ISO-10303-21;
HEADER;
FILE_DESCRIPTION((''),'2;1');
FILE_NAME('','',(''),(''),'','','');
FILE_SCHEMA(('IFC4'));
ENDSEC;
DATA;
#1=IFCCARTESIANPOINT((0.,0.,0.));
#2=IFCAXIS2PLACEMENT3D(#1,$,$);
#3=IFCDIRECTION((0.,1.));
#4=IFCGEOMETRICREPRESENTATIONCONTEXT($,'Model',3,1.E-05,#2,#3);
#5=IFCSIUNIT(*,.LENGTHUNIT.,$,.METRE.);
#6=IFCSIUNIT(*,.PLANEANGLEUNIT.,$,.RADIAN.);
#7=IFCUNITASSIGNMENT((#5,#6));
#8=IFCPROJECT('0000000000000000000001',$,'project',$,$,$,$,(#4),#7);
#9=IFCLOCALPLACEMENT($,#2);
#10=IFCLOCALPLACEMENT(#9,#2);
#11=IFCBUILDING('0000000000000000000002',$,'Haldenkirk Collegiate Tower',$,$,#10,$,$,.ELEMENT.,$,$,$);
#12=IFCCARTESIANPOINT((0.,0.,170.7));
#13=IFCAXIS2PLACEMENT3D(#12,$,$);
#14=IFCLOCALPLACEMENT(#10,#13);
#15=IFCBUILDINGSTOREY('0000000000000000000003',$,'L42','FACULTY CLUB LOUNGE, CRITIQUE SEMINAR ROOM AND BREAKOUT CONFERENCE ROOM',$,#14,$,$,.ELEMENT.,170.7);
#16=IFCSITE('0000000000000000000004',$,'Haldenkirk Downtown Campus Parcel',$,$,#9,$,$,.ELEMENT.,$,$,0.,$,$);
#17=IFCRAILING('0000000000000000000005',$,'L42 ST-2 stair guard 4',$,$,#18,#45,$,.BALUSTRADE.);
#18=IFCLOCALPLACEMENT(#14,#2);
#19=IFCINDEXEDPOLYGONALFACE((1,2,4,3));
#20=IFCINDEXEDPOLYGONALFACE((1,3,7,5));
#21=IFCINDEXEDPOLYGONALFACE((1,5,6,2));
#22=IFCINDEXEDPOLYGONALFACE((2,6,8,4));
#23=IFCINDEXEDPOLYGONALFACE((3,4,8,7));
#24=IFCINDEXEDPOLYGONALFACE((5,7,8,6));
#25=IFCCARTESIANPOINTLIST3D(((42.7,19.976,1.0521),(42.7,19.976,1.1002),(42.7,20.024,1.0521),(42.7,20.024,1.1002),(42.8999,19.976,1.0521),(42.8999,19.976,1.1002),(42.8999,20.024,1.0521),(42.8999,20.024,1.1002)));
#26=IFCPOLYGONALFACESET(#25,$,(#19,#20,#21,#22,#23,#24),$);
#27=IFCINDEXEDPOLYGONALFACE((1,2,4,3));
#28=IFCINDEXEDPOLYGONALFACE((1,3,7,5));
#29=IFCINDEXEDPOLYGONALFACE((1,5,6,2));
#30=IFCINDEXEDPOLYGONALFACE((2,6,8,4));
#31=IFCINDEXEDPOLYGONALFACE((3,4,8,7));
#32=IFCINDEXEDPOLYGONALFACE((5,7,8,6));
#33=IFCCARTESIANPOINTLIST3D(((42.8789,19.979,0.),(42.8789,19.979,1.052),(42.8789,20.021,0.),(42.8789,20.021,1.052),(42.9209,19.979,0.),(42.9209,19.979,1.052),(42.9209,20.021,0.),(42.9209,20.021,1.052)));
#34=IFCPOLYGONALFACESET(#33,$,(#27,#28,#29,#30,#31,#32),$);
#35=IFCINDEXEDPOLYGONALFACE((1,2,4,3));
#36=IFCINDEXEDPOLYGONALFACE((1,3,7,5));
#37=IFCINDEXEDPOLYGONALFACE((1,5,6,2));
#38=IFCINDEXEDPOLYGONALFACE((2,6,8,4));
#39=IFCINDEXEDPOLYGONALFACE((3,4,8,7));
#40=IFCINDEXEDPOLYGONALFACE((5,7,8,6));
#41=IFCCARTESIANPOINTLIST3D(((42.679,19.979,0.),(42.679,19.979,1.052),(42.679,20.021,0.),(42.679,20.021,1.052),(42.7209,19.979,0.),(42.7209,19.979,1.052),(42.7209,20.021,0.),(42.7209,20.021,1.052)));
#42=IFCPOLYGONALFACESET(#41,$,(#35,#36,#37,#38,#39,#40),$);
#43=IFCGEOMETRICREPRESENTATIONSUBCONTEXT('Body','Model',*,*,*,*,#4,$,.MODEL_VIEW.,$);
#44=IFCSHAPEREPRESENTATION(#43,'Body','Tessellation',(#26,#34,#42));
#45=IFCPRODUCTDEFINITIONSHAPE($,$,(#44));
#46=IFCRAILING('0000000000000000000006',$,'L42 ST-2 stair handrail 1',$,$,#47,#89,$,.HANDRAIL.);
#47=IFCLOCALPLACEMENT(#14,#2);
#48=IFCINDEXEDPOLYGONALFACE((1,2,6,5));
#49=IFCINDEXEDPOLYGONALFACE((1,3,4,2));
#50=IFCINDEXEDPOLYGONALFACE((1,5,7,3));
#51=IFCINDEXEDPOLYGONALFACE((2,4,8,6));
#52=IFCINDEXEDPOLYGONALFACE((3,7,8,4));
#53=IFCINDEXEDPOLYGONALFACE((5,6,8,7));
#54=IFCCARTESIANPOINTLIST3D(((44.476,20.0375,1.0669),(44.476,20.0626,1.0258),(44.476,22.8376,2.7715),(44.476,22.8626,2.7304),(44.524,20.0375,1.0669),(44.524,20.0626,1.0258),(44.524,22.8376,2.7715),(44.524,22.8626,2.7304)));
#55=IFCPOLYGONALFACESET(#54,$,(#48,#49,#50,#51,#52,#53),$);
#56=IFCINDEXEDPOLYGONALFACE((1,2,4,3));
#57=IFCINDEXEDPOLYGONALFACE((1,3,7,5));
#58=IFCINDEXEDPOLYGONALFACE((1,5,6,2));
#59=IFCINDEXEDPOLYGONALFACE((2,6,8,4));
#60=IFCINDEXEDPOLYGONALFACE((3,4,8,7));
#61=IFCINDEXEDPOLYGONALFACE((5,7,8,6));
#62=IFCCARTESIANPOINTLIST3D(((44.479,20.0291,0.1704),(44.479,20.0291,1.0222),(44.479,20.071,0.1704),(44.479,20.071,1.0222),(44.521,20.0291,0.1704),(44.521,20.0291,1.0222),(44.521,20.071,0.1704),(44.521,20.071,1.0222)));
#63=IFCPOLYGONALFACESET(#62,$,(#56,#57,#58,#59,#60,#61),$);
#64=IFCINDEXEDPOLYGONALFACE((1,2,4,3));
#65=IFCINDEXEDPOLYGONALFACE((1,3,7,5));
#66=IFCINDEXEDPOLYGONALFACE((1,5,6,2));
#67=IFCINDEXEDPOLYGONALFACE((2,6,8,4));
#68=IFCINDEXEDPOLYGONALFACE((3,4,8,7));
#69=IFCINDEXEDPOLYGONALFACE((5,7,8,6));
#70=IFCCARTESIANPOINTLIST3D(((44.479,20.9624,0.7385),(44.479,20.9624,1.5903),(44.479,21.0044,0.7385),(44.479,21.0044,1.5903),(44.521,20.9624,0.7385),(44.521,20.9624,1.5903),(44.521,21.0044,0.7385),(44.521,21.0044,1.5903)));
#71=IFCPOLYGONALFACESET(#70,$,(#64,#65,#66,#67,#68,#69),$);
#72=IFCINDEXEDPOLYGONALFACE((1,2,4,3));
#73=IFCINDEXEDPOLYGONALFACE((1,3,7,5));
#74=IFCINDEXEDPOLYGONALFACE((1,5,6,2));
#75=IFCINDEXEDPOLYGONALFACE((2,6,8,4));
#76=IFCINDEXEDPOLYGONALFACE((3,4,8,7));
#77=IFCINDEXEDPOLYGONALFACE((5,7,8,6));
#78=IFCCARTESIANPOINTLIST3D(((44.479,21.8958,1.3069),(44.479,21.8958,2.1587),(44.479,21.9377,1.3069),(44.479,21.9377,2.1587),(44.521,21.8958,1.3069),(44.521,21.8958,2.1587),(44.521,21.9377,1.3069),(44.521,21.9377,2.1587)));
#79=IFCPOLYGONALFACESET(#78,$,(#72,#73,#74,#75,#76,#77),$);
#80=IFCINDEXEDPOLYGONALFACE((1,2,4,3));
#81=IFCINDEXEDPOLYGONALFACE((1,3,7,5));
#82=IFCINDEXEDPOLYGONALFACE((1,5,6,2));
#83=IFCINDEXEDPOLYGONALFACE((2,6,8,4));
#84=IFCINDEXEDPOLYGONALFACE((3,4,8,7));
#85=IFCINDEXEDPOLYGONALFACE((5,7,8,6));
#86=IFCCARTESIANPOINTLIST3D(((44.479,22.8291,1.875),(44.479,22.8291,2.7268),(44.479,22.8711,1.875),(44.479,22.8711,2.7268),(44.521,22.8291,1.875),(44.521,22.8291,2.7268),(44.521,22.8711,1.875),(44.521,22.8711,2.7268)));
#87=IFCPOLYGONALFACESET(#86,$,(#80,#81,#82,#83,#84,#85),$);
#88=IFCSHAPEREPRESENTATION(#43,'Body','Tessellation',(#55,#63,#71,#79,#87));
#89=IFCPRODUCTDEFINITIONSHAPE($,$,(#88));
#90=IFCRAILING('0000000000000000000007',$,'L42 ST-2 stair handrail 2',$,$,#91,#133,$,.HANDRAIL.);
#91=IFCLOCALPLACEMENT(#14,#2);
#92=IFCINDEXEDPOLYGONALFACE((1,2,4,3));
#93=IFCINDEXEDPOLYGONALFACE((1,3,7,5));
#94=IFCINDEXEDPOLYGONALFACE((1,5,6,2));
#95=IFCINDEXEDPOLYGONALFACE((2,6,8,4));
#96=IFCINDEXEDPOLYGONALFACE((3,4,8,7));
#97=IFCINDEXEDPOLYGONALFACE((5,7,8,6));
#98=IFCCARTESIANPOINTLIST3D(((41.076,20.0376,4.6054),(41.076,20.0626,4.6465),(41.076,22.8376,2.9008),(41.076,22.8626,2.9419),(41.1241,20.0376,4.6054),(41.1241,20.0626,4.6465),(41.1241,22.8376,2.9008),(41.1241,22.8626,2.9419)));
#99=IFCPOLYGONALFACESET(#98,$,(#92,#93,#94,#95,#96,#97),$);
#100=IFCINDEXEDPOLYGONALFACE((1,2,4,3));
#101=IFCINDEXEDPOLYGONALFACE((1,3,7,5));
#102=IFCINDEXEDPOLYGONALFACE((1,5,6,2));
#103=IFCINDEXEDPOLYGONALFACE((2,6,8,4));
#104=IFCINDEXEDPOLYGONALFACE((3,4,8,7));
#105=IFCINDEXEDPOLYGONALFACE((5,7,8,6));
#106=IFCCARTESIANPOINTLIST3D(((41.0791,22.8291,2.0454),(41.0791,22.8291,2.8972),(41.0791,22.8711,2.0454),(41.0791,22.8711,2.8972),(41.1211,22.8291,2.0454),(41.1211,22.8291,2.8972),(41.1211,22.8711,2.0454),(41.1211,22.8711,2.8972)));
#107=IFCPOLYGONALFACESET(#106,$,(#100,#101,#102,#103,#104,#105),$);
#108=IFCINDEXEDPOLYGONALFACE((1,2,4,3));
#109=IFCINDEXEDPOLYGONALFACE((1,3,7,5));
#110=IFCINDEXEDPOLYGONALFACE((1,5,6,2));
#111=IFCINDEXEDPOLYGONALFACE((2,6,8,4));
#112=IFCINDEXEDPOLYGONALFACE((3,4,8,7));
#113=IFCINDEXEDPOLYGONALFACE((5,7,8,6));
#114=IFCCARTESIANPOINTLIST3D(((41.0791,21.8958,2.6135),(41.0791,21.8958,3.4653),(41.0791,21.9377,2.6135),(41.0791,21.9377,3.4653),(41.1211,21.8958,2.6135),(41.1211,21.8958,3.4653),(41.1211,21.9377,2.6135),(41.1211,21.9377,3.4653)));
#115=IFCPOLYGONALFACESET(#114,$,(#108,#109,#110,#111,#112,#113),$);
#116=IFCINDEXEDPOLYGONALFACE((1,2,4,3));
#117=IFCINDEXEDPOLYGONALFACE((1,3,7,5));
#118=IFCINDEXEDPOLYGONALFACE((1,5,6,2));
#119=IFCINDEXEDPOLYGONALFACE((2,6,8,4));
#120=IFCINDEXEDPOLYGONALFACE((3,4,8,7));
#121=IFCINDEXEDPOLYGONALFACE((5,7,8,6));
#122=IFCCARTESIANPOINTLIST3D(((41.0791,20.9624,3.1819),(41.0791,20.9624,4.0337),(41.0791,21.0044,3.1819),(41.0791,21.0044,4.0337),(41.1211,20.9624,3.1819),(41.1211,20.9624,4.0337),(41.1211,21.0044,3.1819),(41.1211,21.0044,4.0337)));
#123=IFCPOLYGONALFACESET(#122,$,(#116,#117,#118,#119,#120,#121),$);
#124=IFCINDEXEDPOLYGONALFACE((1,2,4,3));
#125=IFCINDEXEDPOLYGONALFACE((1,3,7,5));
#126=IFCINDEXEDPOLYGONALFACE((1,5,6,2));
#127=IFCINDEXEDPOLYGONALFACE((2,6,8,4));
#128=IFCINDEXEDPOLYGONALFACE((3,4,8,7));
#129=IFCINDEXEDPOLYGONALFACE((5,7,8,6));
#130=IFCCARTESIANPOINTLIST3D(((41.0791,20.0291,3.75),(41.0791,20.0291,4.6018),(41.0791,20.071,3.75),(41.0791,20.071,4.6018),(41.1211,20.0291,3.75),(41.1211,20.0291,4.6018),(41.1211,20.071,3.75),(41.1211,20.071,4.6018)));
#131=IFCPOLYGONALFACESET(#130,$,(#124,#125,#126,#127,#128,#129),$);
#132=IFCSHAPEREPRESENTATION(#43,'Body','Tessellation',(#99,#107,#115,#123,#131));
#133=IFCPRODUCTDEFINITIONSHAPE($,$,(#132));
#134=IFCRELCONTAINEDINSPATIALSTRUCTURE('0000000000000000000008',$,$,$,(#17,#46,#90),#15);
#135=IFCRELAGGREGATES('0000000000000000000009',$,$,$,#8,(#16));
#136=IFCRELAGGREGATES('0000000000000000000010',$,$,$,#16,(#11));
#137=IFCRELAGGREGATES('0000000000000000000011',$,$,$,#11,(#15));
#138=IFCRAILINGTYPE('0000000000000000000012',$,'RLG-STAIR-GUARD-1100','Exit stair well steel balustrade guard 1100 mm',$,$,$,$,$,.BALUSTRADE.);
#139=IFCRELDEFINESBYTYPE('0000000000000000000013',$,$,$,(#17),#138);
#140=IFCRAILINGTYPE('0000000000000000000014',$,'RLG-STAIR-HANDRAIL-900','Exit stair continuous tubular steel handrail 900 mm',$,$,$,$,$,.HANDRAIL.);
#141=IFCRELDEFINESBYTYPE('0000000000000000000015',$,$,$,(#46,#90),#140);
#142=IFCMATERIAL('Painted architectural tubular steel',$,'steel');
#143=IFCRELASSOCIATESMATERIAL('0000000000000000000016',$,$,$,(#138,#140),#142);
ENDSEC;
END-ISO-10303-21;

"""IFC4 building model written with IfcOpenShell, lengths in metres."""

from ifc_helpers import new_model, si_unit, direction, frame, origin, origin_2d, place, context, subcontext, project, spatial, rectangle, extrude, material, type_object, element, save


model = new_model("IFC4")

# Units and contexts
model_context = context("Model", 3, precision=1e-05, world=origin(), true_north=direction((0.0, 1.0)))
body_context = subcontext(model_context, "Body", "Model", "MODEL_VIEW")
ifc_project = project(units=[si_unit("LENGTHUNIT", "METRE"), si_unit("PLANEANGLEUNIT", "RADIAN")], contexts=[model_context])

# Site, building, storey
site_placement = place(None, origin())
site = spatial("IfcSite", under=ifc_project, at=site_placement, Name="Haldenkirk Downtown Campus Parcel", CompositionType="ELEMENT", RefElevation=0.0)
building_placement = place(site_placement, origin())
building = spatial("IfcBuilding", under=site, at=building_placement, Name="Haldenkirk Collegiate Tower", CompositionType="ELEMENT")
storey_placement = place(building_placement, frame((0.0, 0.0, 170.7)))
storey = spatial("IfcBuildingStorey", under=building, at=storey_placement, Name="L42", Description="FACULTY CLUB LOUNGE, CRITIQUE SEMINAR ROOM AND BREAKOUT CONFERENCE ROOM", CompositionType="ELEMENT", Elevation=170.7)

# Railings
ifc_material_1 = material(Name="Painted architectural tubular steel", Category="steel")
railing_type_1 = type_object("IfcRailingType", Name="RLG-STAIR-GUARD-1100", Description="Exit stair well steel balustrade guard 1100 mm", PredefinedType="BALUSTRADE", material=ifc_material_1)
railing_1_placement = place(storey_placement, frame((42.8999, 20.0, 0.0)))
element("IfcRailing", 1, at=railing_1_placement, inside=storey, type_object=railing_type_1, Name="L42 ST-2 stair guard 4", PredefinedType="BALUSTRADE", context=body_context, shape_type="SweptSolid", body=[
    extrude(rectangle(XDim=0.0481, YDim=0.0481, at=origin_2d()), frame((0.0, 0.0, 1.0762), z_axis=(-1.0, 0.0, 0.0), x_axis=(0.0, -1.0, 0.0)), (0.0, 0.0, 1.0), 0.2),
    extrude(rectangle(XDim=0.042, YDim=0.042, at=origin_2d()), origin(), (0.0, 0.0, 1.0), 1.052),
    extrude(rectangle(XDim=0.042, YDim=0.042, at=origin_2d()), frame((-0.2, 0.0, 0.0)), (0.0, 0.0, 1.0), 1.052),
])
railing_type_2 = type_object("IfcRailingType", Name="RLG-STAIR-HANDRAIL-900", Description="Exit stair continuous tubular steel handrail 900 mm", PredefinedType="HANDRAIL", material=ifc_material_1)
railing_2_placement = place(storey_placement, frame((44.5, 20.05, 0.1704)))
element("IfcRailing", 2, at=railing_2_placement, inside=storey, type_object=railing_type_2, Name="L42 ST-2 stair handrail 1", PredefinedType="HANDRAIL", context=body_context, shape_type="SweptSolid", body=[
    extrude(rectangle(XDim=0.0481, YDim=0.0481, at=origin_2d()), frame((0.0, 0.0, 0.876), z_axis=(0.0, 0.85417, 0.519994), x_axis=(-1.0, 0.0, 0.0)), (0.0, 0.0, 1.0), 3.2781),
    extrude(rectangle(XDim=0.042, YDim=0.042, at=origin_2d()), origin(), (0.0, 0.0, 1.0), 0.8518),
    extrude(rectangle(XDim=0.042, YDim=0.042, at=origin_2d()), frame((0.0, 0.9333, 0.5681)), (0.0, 0.0, 1.0), 0.8518),
    extrude(rectangle(XDim=0.042, YDim=0.042, at=origin_2d()), frame((0.0, 1.8667, 1.1365)), (0.0, 0.0, 1.0), 0.8518),
    extrude(rectangle(XDim=0.042, YDim=0.042, at=origin_2d()), frame((0.0, 2.8, 1.7046)), (0.0, 0.0, 1.0), 0.8518),
])
railing_3_placement = place(storey_placement, frame((41.1001, 22.8501, 2.0454)))
element("IfcRailing", 3, at=railing_3_placement, inside=storey, type_object=railing_type_2, Name="L42 ST-2 stair handrail 2", PredefinedType="HANDRAIL", context=body_context, shape_type="SweptSolid", body=[
    extrude(rectangle(XDim=0.0481, YDim=0.0481, at=origin_2d()), frame((0.0, 0.0, 0.876), z_axis=(0.0, -0.85417, 0.519994), x_axis=(1.0, 0.0, 0.0)), (0.0, 0.0, 1.0), 3.2781),
    extrude(rectangle(XDim=0.042, YDim=0.042, at=origin_2d()), origin(), (0.0, 0.0, 1.0), 0.8518),
    extrude(rectangle(XDim=0.042, YDim=0.042, at=origin_2d()), frame((0.0, -0.9333, 0.5681)), (0.0, 0.0, 1.0), 0.8518),
    extrude(rectangle(XDim=0.042, YDim=0.042, at=origin_2d()), frame((0.0, -1.8667, 1.1365)), (0.0, 0.0, 1.0), 0.8518),
    extrude(rectangle(XDim=0.042, YDim=0.042, at=origin_2d()), frame((0.0, -2.8, 1.7046)), (0.0, 0.0, 1.0), 0.8518),
])

save(model, "model.ifc")
